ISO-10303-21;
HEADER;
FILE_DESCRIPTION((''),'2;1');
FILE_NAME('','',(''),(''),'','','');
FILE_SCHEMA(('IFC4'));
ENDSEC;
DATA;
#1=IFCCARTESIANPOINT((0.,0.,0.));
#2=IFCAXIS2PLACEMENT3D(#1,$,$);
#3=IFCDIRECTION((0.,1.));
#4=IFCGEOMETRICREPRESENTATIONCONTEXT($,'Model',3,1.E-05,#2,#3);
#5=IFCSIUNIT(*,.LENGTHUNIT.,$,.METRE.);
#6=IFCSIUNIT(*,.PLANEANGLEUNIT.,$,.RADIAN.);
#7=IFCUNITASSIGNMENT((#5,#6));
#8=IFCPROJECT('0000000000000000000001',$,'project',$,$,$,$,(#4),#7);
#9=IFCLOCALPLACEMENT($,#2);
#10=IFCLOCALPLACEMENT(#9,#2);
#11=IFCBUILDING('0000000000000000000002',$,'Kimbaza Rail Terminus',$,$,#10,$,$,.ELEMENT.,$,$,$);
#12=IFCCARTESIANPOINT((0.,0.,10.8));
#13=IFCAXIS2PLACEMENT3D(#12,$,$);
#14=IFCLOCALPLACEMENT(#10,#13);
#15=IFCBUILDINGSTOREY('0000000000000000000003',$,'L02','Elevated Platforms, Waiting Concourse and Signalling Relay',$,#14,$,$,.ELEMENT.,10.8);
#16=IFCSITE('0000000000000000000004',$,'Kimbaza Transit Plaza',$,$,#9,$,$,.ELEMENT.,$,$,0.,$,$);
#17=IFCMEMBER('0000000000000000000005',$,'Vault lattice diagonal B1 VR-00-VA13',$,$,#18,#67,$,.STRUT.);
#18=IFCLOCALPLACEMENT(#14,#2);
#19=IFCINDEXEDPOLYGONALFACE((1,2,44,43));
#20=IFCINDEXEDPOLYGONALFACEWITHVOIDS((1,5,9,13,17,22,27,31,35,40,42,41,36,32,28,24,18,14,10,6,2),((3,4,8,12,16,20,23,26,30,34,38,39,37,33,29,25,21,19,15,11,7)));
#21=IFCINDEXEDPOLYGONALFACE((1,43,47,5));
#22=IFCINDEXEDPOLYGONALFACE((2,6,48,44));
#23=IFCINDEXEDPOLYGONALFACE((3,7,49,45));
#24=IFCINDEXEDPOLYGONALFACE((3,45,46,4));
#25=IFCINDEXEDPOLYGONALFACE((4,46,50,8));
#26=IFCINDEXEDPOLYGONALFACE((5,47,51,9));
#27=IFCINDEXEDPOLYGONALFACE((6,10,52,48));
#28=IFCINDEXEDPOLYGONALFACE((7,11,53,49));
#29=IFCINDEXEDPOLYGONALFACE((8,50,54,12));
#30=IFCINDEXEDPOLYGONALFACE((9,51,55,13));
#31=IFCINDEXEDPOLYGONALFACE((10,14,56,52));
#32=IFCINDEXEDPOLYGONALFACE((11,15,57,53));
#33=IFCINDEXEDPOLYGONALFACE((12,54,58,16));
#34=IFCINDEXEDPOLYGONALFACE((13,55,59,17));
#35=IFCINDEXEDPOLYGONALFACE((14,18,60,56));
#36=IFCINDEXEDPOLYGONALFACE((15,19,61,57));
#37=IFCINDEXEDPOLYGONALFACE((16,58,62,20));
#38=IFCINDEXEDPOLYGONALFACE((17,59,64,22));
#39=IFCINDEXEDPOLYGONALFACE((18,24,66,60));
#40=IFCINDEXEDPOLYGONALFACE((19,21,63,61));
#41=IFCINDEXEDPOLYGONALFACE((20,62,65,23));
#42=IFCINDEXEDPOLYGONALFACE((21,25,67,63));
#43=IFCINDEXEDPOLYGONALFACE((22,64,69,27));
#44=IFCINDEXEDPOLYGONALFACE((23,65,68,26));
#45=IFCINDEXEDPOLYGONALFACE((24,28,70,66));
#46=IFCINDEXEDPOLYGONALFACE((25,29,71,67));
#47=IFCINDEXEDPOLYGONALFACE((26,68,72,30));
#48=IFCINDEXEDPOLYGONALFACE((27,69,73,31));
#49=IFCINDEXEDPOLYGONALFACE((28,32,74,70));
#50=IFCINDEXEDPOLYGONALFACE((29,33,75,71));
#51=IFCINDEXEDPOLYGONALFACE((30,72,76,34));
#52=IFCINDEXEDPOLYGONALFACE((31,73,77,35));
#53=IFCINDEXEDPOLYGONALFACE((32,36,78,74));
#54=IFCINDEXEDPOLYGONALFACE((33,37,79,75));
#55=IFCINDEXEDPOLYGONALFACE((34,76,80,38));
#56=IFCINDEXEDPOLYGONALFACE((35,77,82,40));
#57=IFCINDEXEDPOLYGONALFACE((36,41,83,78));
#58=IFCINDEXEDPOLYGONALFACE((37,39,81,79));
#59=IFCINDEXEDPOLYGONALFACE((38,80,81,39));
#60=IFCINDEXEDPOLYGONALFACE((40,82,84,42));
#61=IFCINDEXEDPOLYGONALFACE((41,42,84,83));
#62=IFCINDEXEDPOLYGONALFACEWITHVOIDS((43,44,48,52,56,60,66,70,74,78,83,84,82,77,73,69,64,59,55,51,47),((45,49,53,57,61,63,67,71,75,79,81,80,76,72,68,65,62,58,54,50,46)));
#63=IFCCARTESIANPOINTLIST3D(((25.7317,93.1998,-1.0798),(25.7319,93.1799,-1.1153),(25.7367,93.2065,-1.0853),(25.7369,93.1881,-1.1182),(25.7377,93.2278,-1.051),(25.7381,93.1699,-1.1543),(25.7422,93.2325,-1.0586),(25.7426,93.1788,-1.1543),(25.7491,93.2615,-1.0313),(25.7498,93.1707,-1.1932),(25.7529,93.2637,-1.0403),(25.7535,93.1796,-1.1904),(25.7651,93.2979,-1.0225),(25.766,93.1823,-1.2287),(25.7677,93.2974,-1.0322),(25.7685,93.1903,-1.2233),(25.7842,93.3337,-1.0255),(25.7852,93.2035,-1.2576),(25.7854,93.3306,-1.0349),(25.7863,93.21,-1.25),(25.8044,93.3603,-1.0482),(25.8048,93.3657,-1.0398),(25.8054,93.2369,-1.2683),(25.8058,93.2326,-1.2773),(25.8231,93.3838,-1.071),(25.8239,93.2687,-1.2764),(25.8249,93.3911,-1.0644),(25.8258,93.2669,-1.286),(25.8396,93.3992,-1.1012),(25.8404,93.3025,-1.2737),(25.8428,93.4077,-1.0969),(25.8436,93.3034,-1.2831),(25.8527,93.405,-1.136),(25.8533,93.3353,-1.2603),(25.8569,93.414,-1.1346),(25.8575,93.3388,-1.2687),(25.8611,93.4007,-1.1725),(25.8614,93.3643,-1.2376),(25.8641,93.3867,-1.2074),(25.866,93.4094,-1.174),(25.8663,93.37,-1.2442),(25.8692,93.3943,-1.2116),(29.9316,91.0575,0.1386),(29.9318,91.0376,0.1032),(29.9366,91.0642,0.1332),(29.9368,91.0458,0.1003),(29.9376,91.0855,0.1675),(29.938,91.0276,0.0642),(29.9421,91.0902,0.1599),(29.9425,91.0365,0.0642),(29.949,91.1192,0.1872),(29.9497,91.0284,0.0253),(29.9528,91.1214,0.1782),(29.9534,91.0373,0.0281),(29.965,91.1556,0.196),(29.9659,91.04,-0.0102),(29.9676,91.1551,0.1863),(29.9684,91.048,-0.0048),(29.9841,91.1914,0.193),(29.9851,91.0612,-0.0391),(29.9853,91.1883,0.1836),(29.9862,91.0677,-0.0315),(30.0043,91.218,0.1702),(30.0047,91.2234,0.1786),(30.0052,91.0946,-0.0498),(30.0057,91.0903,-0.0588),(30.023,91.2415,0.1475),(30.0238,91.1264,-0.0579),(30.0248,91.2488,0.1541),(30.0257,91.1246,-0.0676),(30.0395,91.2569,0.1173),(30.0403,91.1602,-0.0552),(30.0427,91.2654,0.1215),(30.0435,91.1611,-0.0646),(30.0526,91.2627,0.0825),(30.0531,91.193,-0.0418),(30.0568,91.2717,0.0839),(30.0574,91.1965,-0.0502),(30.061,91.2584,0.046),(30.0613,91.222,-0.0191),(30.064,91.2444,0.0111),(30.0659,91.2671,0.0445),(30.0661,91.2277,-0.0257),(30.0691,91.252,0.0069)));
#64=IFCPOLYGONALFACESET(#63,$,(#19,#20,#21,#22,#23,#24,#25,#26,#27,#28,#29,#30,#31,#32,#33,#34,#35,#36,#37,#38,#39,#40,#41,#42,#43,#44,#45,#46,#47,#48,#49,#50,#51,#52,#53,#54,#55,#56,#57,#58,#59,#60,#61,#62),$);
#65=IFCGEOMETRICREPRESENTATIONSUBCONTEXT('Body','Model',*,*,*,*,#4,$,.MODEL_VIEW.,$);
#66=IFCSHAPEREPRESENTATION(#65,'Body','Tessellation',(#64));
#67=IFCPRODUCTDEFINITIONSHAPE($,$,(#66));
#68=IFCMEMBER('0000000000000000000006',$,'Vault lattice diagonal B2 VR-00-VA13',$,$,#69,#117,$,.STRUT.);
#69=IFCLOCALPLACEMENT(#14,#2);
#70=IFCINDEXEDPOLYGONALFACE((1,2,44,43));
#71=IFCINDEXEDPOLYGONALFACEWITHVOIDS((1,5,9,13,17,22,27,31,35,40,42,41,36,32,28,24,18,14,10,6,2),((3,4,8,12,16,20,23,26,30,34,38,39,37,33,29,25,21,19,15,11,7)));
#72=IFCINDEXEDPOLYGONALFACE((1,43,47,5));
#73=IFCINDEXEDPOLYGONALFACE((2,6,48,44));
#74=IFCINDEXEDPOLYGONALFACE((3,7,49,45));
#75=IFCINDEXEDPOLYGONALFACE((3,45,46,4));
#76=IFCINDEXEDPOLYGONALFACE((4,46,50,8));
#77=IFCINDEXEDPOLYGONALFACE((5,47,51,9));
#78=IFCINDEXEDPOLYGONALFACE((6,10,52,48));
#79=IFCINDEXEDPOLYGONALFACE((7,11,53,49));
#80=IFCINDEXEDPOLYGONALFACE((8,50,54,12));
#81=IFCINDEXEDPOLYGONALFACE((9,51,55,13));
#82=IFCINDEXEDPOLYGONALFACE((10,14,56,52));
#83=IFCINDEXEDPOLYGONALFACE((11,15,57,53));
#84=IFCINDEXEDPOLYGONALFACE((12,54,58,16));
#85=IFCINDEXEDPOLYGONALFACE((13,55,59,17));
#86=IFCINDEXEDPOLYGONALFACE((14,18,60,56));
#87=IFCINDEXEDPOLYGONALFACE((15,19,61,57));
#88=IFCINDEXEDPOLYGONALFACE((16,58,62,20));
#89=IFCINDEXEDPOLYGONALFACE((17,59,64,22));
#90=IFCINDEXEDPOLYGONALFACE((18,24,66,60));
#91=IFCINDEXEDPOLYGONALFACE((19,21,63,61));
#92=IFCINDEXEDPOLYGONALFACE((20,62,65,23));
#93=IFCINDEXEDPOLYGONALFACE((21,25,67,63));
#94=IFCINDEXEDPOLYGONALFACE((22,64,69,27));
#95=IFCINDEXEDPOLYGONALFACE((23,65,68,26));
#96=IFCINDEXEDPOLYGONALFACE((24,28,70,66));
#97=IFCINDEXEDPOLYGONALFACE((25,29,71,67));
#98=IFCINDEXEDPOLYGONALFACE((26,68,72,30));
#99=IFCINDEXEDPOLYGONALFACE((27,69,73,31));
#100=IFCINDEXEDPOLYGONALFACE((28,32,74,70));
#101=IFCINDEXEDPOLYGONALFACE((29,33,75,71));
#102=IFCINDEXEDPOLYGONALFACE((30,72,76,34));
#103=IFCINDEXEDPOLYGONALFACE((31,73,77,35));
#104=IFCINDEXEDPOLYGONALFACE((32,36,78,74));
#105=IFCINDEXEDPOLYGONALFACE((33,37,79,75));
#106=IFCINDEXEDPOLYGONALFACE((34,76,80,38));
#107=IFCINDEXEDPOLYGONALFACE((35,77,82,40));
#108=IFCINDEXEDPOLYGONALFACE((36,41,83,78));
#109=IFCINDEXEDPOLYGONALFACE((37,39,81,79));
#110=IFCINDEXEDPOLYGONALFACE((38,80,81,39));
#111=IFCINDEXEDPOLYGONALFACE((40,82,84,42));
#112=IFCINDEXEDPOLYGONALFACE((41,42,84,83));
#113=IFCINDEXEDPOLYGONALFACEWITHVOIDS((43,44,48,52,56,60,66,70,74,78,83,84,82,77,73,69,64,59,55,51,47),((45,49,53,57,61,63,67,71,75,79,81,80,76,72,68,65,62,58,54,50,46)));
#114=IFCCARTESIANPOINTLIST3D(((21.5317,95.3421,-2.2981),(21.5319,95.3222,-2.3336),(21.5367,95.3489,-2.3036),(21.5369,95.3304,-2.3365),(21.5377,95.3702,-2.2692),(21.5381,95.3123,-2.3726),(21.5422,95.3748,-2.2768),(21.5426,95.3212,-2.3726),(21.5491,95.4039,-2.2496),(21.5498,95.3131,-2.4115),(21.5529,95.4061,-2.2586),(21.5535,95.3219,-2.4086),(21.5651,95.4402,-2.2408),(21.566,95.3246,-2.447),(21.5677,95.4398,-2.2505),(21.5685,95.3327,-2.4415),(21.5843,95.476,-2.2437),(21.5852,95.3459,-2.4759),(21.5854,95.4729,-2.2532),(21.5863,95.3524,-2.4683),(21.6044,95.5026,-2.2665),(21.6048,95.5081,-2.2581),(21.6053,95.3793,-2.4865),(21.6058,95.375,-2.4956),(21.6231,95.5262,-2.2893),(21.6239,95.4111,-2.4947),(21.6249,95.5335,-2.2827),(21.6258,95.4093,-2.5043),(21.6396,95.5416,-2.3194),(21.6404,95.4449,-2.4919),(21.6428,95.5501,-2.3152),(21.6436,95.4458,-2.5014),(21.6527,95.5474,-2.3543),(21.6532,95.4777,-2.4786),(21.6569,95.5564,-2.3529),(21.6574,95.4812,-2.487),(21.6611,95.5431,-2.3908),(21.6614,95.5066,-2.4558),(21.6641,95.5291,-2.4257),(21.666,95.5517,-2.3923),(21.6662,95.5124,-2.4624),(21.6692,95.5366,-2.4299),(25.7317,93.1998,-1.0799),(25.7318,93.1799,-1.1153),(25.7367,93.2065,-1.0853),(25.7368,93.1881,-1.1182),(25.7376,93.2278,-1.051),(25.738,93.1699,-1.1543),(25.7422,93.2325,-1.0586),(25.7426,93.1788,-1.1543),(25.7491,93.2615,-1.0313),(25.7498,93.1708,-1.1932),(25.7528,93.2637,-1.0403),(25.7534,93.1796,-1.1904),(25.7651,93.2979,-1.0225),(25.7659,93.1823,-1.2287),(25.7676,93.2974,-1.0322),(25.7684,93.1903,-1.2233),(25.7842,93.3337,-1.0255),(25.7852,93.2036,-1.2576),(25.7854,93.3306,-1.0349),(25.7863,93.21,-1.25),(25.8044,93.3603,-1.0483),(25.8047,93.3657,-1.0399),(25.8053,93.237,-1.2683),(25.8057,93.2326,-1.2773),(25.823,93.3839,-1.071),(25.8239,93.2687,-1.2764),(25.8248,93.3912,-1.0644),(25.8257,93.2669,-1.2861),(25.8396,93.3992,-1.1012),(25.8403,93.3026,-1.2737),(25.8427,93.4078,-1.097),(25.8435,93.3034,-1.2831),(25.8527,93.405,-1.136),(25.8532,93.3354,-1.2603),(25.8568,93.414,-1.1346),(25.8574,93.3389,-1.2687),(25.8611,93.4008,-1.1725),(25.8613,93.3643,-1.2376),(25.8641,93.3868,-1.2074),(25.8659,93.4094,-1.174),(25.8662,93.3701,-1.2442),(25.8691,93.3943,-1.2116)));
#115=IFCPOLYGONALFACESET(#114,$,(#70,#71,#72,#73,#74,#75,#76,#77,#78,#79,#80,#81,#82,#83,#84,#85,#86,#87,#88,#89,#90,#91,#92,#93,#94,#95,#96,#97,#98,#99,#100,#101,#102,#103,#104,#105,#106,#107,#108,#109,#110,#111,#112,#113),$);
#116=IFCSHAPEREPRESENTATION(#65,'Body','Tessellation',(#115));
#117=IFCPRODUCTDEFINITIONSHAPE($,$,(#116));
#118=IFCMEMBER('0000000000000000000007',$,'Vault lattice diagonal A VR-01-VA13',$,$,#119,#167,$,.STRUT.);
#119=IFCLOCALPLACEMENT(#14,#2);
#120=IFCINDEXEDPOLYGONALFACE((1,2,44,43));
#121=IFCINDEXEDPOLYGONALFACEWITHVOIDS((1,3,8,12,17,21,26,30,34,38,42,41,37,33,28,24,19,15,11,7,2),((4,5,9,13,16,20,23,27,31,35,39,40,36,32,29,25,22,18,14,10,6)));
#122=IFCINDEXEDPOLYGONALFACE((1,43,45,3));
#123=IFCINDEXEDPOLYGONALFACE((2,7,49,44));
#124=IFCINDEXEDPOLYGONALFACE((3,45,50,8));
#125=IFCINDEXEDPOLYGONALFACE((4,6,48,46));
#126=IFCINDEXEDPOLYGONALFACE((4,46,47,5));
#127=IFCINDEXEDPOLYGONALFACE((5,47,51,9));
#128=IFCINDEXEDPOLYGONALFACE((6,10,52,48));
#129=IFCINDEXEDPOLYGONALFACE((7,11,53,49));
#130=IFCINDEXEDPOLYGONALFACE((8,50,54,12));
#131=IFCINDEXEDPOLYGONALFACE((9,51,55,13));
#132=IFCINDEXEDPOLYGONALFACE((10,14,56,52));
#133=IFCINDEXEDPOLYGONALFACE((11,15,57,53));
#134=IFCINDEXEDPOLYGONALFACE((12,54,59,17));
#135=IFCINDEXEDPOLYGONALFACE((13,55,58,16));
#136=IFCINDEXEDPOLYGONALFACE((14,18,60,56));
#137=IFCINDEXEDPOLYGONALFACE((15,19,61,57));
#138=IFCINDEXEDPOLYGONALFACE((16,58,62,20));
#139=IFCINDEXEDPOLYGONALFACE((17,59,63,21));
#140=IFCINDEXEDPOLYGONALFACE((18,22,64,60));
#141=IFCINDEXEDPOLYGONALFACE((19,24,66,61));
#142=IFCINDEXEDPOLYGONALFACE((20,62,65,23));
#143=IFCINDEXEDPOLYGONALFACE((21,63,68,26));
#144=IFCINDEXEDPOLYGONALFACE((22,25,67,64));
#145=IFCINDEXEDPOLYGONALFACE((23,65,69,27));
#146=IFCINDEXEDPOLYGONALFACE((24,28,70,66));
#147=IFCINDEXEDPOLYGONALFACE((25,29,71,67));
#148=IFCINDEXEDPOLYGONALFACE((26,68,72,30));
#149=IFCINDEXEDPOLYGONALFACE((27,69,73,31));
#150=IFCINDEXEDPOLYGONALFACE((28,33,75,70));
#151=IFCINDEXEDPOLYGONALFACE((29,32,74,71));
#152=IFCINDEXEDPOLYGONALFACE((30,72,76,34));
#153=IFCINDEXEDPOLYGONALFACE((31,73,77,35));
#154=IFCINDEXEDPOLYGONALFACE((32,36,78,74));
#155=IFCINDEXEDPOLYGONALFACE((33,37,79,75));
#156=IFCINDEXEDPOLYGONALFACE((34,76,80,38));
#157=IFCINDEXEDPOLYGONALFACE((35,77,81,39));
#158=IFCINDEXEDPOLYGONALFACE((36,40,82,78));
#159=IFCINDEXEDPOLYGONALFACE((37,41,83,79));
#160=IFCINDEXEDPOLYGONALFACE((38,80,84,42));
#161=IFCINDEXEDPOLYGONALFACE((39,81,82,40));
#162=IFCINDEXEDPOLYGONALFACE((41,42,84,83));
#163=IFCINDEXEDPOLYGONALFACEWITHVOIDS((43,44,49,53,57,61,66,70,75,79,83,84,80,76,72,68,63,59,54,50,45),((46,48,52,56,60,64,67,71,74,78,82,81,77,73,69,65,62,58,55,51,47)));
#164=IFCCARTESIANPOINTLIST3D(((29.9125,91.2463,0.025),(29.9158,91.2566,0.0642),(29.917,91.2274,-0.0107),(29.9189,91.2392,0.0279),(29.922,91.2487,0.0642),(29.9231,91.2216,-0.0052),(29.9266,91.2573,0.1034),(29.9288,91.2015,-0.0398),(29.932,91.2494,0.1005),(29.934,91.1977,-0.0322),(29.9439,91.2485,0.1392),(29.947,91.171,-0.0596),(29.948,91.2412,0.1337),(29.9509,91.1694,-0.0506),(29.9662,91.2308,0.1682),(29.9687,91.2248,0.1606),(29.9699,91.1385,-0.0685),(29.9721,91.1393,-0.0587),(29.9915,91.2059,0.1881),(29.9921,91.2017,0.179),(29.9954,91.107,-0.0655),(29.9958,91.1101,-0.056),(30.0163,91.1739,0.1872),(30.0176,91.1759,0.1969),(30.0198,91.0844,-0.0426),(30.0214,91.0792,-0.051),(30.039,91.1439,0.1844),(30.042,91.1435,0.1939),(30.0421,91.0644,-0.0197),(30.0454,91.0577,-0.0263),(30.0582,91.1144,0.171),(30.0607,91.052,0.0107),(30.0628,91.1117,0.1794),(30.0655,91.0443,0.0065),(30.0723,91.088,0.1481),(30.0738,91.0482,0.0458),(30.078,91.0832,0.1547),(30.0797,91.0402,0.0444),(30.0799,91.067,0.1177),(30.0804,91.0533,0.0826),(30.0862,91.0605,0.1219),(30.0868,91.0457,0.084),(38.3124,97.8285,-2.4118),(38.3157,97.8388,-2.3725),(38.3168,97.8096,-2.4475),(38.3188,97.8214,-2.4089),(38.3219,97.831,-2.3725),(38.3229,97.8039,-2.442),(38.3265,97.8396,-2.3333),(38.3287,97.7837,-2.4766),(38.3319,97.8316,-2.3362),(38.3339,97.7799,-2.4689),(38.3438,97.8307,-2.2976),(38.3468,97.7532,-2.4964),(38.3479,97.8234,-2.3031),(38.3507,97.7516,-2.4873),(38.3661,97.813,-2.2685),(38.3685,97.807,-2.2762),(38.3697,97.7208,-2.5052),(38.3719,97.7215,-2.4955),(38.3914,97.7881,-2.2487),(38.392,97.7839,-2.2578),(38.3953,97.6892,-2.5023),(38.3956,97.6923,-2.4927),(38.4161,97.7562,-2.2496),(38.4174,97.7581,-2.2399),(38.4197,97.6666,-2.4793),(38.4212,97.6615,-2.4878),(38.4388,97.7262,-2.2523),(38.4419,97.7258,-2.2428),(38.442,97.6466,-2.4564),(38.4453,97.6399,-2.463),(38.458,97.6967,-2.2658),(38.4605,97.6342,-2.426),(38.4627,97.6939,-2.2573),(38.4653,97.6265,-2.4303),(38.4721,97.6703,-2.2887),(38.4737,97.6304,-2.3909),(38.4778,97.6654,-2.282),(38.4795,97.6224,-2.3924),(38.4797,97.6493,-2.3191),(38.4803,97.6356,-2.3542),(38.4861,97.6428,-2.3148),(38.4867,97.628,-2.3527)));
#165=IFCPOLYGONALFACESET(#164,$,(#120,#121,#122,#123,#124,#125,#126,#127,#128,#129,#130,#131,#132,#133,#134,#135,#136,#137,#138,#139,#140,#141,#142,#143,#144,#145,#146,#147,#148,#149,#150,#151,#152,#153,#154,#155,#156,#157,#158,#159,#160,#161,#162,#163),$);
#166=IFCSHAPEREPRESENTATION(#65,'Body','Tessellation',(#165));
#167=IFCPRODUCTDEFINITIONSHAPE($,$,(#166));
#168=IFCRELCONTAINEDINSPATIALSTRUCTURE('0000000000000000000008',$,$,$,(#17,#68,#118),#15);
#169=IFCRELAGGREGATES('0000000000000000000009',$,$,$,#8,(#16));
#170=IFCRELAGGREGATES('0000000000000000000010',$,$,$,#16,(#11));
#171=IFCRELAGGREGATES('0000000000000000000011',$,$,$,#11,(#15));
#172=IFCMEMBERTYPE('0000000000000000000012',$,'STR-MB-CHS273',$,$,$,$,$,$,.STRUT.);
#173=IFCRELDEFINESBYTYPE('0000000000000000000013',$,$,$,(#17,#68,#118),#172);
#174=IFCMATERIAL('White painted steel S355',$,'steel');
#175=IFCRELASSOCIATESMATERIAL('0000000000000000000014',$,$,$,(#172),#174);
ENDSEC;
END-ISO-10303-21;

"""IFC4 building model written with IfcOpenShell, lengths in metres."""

from ifc_helpers import new_model, si_unit, direction, frame, origin, origin_2d, place, context, subcontext, project, spatial, hollow_circle, extrude, material, material_profile, profile_set, type_object, element, save


model = new_model("IFC4")

# Units and contexts
model_context = context("Model", 3, precision=1e-05, world=origin(), true_north=direction((0.0, 1.0)))
body_context = subcontext(model_context, "Body", "Model", "MODEL_VIEW")
ifc_project = project(units=[si_unit("LENGTHUNIT", "METRE"), si_unit("PLANEANGLEUNIT", "RADIAN")], contexts=[model_context])

# Site, building, storey
site_placement = place(None, origin())
site = spatial("IfcSite", under=ifc_project, at=site_placement, Name="Kimbaza Transit Plaza", CompositionType="ELEMENT", RefElevation=0.0)
building_placement = place(site_placement, origin())
building = spatial("IfcBuilding", under=site, at=building_placement, Name="Kimbaza Rail Terminus", CompositionType="ELEMENT")
storey_placement = place(building_placement, frame((0.0, 0.0, 10.8)))
storey = spatial("IfcBuildingStorey", under=building, at=storey_placement, Name="L02", Description="Elevated Platforms, Waiting Concourse and Signalling Relay", CompositionType="ELEMENT", Elevation=10.8)

# Members
ifc_material_1 = material(Name="White painted steel S355", Category="steel")
ifc_material_profile_1 = material_profile(ifc_material_1, hollow_circle(Radius=0.1365, WallThickness=0.01, at=origin_2d()), Name="CHS 273x10")
ifc_profile_set_1 = profile_set([ifc_material_profile_1], Name="White painted steel S355")
member_type_1 = type_object("IfcMemberType", Name="STR-MB-CHS273", PredefinedType="STRUT", material=ifc_profile_set_1)
for number, where, z_axis, x_axis, name in (
    (1, (30.0, 91.1492, 0.0642), (-0.862467, 0.439932, -0.250222), (-0.454386, -0.890805, 0.0), "Vault lattice diagonal B1 VR-00-VA13"),
    (2, (25.8, 93.2915, -1.1543), (-0.862478, 0.439937, -0.250175), (-0.454386, -0.890805, 0.0), "Vault lattice diagonal B2 VR-00-VA13"),
):
    element("IfcMember", number, at=place(storey_placement, frame(where, z_axis=z_axis, x_axis=x_axis)), inside=storey, type_object=member_type_1, Name=name, PredefinedType="STRUT", context=body_context, shape_type="SweptSolid", body=[
        extrude(hollow_circle(Radius=0.1365, WallThickness=0.01, at=origin_2d()), origin(), (0.0, 0.0, 1.0), 4.8696),
    ])
member_1_placement = place(storey_placement, frame((30.0, 91.1492, 0.0642), z_axis=(0.76737, 0.601322, -0.22261), x_axis=(-0.616799, 0.787121, 0.0)))
element("IfcMember", 3, at=member_1_placement, inside=storey, type_object=member_type_1, Name="Vault lattice diagonal A VR-01-VA13", PredefinedType="STRUT", context=body_context, shape_type="SweptSolid", body=[
    extrude(hollow_circle(Radius=0.1365, WallThickness=0.01, at=origin_2d()), origin(), (0.0, 0.0, 1.0), 10.9463),
])

save(model, "model.ifc")
